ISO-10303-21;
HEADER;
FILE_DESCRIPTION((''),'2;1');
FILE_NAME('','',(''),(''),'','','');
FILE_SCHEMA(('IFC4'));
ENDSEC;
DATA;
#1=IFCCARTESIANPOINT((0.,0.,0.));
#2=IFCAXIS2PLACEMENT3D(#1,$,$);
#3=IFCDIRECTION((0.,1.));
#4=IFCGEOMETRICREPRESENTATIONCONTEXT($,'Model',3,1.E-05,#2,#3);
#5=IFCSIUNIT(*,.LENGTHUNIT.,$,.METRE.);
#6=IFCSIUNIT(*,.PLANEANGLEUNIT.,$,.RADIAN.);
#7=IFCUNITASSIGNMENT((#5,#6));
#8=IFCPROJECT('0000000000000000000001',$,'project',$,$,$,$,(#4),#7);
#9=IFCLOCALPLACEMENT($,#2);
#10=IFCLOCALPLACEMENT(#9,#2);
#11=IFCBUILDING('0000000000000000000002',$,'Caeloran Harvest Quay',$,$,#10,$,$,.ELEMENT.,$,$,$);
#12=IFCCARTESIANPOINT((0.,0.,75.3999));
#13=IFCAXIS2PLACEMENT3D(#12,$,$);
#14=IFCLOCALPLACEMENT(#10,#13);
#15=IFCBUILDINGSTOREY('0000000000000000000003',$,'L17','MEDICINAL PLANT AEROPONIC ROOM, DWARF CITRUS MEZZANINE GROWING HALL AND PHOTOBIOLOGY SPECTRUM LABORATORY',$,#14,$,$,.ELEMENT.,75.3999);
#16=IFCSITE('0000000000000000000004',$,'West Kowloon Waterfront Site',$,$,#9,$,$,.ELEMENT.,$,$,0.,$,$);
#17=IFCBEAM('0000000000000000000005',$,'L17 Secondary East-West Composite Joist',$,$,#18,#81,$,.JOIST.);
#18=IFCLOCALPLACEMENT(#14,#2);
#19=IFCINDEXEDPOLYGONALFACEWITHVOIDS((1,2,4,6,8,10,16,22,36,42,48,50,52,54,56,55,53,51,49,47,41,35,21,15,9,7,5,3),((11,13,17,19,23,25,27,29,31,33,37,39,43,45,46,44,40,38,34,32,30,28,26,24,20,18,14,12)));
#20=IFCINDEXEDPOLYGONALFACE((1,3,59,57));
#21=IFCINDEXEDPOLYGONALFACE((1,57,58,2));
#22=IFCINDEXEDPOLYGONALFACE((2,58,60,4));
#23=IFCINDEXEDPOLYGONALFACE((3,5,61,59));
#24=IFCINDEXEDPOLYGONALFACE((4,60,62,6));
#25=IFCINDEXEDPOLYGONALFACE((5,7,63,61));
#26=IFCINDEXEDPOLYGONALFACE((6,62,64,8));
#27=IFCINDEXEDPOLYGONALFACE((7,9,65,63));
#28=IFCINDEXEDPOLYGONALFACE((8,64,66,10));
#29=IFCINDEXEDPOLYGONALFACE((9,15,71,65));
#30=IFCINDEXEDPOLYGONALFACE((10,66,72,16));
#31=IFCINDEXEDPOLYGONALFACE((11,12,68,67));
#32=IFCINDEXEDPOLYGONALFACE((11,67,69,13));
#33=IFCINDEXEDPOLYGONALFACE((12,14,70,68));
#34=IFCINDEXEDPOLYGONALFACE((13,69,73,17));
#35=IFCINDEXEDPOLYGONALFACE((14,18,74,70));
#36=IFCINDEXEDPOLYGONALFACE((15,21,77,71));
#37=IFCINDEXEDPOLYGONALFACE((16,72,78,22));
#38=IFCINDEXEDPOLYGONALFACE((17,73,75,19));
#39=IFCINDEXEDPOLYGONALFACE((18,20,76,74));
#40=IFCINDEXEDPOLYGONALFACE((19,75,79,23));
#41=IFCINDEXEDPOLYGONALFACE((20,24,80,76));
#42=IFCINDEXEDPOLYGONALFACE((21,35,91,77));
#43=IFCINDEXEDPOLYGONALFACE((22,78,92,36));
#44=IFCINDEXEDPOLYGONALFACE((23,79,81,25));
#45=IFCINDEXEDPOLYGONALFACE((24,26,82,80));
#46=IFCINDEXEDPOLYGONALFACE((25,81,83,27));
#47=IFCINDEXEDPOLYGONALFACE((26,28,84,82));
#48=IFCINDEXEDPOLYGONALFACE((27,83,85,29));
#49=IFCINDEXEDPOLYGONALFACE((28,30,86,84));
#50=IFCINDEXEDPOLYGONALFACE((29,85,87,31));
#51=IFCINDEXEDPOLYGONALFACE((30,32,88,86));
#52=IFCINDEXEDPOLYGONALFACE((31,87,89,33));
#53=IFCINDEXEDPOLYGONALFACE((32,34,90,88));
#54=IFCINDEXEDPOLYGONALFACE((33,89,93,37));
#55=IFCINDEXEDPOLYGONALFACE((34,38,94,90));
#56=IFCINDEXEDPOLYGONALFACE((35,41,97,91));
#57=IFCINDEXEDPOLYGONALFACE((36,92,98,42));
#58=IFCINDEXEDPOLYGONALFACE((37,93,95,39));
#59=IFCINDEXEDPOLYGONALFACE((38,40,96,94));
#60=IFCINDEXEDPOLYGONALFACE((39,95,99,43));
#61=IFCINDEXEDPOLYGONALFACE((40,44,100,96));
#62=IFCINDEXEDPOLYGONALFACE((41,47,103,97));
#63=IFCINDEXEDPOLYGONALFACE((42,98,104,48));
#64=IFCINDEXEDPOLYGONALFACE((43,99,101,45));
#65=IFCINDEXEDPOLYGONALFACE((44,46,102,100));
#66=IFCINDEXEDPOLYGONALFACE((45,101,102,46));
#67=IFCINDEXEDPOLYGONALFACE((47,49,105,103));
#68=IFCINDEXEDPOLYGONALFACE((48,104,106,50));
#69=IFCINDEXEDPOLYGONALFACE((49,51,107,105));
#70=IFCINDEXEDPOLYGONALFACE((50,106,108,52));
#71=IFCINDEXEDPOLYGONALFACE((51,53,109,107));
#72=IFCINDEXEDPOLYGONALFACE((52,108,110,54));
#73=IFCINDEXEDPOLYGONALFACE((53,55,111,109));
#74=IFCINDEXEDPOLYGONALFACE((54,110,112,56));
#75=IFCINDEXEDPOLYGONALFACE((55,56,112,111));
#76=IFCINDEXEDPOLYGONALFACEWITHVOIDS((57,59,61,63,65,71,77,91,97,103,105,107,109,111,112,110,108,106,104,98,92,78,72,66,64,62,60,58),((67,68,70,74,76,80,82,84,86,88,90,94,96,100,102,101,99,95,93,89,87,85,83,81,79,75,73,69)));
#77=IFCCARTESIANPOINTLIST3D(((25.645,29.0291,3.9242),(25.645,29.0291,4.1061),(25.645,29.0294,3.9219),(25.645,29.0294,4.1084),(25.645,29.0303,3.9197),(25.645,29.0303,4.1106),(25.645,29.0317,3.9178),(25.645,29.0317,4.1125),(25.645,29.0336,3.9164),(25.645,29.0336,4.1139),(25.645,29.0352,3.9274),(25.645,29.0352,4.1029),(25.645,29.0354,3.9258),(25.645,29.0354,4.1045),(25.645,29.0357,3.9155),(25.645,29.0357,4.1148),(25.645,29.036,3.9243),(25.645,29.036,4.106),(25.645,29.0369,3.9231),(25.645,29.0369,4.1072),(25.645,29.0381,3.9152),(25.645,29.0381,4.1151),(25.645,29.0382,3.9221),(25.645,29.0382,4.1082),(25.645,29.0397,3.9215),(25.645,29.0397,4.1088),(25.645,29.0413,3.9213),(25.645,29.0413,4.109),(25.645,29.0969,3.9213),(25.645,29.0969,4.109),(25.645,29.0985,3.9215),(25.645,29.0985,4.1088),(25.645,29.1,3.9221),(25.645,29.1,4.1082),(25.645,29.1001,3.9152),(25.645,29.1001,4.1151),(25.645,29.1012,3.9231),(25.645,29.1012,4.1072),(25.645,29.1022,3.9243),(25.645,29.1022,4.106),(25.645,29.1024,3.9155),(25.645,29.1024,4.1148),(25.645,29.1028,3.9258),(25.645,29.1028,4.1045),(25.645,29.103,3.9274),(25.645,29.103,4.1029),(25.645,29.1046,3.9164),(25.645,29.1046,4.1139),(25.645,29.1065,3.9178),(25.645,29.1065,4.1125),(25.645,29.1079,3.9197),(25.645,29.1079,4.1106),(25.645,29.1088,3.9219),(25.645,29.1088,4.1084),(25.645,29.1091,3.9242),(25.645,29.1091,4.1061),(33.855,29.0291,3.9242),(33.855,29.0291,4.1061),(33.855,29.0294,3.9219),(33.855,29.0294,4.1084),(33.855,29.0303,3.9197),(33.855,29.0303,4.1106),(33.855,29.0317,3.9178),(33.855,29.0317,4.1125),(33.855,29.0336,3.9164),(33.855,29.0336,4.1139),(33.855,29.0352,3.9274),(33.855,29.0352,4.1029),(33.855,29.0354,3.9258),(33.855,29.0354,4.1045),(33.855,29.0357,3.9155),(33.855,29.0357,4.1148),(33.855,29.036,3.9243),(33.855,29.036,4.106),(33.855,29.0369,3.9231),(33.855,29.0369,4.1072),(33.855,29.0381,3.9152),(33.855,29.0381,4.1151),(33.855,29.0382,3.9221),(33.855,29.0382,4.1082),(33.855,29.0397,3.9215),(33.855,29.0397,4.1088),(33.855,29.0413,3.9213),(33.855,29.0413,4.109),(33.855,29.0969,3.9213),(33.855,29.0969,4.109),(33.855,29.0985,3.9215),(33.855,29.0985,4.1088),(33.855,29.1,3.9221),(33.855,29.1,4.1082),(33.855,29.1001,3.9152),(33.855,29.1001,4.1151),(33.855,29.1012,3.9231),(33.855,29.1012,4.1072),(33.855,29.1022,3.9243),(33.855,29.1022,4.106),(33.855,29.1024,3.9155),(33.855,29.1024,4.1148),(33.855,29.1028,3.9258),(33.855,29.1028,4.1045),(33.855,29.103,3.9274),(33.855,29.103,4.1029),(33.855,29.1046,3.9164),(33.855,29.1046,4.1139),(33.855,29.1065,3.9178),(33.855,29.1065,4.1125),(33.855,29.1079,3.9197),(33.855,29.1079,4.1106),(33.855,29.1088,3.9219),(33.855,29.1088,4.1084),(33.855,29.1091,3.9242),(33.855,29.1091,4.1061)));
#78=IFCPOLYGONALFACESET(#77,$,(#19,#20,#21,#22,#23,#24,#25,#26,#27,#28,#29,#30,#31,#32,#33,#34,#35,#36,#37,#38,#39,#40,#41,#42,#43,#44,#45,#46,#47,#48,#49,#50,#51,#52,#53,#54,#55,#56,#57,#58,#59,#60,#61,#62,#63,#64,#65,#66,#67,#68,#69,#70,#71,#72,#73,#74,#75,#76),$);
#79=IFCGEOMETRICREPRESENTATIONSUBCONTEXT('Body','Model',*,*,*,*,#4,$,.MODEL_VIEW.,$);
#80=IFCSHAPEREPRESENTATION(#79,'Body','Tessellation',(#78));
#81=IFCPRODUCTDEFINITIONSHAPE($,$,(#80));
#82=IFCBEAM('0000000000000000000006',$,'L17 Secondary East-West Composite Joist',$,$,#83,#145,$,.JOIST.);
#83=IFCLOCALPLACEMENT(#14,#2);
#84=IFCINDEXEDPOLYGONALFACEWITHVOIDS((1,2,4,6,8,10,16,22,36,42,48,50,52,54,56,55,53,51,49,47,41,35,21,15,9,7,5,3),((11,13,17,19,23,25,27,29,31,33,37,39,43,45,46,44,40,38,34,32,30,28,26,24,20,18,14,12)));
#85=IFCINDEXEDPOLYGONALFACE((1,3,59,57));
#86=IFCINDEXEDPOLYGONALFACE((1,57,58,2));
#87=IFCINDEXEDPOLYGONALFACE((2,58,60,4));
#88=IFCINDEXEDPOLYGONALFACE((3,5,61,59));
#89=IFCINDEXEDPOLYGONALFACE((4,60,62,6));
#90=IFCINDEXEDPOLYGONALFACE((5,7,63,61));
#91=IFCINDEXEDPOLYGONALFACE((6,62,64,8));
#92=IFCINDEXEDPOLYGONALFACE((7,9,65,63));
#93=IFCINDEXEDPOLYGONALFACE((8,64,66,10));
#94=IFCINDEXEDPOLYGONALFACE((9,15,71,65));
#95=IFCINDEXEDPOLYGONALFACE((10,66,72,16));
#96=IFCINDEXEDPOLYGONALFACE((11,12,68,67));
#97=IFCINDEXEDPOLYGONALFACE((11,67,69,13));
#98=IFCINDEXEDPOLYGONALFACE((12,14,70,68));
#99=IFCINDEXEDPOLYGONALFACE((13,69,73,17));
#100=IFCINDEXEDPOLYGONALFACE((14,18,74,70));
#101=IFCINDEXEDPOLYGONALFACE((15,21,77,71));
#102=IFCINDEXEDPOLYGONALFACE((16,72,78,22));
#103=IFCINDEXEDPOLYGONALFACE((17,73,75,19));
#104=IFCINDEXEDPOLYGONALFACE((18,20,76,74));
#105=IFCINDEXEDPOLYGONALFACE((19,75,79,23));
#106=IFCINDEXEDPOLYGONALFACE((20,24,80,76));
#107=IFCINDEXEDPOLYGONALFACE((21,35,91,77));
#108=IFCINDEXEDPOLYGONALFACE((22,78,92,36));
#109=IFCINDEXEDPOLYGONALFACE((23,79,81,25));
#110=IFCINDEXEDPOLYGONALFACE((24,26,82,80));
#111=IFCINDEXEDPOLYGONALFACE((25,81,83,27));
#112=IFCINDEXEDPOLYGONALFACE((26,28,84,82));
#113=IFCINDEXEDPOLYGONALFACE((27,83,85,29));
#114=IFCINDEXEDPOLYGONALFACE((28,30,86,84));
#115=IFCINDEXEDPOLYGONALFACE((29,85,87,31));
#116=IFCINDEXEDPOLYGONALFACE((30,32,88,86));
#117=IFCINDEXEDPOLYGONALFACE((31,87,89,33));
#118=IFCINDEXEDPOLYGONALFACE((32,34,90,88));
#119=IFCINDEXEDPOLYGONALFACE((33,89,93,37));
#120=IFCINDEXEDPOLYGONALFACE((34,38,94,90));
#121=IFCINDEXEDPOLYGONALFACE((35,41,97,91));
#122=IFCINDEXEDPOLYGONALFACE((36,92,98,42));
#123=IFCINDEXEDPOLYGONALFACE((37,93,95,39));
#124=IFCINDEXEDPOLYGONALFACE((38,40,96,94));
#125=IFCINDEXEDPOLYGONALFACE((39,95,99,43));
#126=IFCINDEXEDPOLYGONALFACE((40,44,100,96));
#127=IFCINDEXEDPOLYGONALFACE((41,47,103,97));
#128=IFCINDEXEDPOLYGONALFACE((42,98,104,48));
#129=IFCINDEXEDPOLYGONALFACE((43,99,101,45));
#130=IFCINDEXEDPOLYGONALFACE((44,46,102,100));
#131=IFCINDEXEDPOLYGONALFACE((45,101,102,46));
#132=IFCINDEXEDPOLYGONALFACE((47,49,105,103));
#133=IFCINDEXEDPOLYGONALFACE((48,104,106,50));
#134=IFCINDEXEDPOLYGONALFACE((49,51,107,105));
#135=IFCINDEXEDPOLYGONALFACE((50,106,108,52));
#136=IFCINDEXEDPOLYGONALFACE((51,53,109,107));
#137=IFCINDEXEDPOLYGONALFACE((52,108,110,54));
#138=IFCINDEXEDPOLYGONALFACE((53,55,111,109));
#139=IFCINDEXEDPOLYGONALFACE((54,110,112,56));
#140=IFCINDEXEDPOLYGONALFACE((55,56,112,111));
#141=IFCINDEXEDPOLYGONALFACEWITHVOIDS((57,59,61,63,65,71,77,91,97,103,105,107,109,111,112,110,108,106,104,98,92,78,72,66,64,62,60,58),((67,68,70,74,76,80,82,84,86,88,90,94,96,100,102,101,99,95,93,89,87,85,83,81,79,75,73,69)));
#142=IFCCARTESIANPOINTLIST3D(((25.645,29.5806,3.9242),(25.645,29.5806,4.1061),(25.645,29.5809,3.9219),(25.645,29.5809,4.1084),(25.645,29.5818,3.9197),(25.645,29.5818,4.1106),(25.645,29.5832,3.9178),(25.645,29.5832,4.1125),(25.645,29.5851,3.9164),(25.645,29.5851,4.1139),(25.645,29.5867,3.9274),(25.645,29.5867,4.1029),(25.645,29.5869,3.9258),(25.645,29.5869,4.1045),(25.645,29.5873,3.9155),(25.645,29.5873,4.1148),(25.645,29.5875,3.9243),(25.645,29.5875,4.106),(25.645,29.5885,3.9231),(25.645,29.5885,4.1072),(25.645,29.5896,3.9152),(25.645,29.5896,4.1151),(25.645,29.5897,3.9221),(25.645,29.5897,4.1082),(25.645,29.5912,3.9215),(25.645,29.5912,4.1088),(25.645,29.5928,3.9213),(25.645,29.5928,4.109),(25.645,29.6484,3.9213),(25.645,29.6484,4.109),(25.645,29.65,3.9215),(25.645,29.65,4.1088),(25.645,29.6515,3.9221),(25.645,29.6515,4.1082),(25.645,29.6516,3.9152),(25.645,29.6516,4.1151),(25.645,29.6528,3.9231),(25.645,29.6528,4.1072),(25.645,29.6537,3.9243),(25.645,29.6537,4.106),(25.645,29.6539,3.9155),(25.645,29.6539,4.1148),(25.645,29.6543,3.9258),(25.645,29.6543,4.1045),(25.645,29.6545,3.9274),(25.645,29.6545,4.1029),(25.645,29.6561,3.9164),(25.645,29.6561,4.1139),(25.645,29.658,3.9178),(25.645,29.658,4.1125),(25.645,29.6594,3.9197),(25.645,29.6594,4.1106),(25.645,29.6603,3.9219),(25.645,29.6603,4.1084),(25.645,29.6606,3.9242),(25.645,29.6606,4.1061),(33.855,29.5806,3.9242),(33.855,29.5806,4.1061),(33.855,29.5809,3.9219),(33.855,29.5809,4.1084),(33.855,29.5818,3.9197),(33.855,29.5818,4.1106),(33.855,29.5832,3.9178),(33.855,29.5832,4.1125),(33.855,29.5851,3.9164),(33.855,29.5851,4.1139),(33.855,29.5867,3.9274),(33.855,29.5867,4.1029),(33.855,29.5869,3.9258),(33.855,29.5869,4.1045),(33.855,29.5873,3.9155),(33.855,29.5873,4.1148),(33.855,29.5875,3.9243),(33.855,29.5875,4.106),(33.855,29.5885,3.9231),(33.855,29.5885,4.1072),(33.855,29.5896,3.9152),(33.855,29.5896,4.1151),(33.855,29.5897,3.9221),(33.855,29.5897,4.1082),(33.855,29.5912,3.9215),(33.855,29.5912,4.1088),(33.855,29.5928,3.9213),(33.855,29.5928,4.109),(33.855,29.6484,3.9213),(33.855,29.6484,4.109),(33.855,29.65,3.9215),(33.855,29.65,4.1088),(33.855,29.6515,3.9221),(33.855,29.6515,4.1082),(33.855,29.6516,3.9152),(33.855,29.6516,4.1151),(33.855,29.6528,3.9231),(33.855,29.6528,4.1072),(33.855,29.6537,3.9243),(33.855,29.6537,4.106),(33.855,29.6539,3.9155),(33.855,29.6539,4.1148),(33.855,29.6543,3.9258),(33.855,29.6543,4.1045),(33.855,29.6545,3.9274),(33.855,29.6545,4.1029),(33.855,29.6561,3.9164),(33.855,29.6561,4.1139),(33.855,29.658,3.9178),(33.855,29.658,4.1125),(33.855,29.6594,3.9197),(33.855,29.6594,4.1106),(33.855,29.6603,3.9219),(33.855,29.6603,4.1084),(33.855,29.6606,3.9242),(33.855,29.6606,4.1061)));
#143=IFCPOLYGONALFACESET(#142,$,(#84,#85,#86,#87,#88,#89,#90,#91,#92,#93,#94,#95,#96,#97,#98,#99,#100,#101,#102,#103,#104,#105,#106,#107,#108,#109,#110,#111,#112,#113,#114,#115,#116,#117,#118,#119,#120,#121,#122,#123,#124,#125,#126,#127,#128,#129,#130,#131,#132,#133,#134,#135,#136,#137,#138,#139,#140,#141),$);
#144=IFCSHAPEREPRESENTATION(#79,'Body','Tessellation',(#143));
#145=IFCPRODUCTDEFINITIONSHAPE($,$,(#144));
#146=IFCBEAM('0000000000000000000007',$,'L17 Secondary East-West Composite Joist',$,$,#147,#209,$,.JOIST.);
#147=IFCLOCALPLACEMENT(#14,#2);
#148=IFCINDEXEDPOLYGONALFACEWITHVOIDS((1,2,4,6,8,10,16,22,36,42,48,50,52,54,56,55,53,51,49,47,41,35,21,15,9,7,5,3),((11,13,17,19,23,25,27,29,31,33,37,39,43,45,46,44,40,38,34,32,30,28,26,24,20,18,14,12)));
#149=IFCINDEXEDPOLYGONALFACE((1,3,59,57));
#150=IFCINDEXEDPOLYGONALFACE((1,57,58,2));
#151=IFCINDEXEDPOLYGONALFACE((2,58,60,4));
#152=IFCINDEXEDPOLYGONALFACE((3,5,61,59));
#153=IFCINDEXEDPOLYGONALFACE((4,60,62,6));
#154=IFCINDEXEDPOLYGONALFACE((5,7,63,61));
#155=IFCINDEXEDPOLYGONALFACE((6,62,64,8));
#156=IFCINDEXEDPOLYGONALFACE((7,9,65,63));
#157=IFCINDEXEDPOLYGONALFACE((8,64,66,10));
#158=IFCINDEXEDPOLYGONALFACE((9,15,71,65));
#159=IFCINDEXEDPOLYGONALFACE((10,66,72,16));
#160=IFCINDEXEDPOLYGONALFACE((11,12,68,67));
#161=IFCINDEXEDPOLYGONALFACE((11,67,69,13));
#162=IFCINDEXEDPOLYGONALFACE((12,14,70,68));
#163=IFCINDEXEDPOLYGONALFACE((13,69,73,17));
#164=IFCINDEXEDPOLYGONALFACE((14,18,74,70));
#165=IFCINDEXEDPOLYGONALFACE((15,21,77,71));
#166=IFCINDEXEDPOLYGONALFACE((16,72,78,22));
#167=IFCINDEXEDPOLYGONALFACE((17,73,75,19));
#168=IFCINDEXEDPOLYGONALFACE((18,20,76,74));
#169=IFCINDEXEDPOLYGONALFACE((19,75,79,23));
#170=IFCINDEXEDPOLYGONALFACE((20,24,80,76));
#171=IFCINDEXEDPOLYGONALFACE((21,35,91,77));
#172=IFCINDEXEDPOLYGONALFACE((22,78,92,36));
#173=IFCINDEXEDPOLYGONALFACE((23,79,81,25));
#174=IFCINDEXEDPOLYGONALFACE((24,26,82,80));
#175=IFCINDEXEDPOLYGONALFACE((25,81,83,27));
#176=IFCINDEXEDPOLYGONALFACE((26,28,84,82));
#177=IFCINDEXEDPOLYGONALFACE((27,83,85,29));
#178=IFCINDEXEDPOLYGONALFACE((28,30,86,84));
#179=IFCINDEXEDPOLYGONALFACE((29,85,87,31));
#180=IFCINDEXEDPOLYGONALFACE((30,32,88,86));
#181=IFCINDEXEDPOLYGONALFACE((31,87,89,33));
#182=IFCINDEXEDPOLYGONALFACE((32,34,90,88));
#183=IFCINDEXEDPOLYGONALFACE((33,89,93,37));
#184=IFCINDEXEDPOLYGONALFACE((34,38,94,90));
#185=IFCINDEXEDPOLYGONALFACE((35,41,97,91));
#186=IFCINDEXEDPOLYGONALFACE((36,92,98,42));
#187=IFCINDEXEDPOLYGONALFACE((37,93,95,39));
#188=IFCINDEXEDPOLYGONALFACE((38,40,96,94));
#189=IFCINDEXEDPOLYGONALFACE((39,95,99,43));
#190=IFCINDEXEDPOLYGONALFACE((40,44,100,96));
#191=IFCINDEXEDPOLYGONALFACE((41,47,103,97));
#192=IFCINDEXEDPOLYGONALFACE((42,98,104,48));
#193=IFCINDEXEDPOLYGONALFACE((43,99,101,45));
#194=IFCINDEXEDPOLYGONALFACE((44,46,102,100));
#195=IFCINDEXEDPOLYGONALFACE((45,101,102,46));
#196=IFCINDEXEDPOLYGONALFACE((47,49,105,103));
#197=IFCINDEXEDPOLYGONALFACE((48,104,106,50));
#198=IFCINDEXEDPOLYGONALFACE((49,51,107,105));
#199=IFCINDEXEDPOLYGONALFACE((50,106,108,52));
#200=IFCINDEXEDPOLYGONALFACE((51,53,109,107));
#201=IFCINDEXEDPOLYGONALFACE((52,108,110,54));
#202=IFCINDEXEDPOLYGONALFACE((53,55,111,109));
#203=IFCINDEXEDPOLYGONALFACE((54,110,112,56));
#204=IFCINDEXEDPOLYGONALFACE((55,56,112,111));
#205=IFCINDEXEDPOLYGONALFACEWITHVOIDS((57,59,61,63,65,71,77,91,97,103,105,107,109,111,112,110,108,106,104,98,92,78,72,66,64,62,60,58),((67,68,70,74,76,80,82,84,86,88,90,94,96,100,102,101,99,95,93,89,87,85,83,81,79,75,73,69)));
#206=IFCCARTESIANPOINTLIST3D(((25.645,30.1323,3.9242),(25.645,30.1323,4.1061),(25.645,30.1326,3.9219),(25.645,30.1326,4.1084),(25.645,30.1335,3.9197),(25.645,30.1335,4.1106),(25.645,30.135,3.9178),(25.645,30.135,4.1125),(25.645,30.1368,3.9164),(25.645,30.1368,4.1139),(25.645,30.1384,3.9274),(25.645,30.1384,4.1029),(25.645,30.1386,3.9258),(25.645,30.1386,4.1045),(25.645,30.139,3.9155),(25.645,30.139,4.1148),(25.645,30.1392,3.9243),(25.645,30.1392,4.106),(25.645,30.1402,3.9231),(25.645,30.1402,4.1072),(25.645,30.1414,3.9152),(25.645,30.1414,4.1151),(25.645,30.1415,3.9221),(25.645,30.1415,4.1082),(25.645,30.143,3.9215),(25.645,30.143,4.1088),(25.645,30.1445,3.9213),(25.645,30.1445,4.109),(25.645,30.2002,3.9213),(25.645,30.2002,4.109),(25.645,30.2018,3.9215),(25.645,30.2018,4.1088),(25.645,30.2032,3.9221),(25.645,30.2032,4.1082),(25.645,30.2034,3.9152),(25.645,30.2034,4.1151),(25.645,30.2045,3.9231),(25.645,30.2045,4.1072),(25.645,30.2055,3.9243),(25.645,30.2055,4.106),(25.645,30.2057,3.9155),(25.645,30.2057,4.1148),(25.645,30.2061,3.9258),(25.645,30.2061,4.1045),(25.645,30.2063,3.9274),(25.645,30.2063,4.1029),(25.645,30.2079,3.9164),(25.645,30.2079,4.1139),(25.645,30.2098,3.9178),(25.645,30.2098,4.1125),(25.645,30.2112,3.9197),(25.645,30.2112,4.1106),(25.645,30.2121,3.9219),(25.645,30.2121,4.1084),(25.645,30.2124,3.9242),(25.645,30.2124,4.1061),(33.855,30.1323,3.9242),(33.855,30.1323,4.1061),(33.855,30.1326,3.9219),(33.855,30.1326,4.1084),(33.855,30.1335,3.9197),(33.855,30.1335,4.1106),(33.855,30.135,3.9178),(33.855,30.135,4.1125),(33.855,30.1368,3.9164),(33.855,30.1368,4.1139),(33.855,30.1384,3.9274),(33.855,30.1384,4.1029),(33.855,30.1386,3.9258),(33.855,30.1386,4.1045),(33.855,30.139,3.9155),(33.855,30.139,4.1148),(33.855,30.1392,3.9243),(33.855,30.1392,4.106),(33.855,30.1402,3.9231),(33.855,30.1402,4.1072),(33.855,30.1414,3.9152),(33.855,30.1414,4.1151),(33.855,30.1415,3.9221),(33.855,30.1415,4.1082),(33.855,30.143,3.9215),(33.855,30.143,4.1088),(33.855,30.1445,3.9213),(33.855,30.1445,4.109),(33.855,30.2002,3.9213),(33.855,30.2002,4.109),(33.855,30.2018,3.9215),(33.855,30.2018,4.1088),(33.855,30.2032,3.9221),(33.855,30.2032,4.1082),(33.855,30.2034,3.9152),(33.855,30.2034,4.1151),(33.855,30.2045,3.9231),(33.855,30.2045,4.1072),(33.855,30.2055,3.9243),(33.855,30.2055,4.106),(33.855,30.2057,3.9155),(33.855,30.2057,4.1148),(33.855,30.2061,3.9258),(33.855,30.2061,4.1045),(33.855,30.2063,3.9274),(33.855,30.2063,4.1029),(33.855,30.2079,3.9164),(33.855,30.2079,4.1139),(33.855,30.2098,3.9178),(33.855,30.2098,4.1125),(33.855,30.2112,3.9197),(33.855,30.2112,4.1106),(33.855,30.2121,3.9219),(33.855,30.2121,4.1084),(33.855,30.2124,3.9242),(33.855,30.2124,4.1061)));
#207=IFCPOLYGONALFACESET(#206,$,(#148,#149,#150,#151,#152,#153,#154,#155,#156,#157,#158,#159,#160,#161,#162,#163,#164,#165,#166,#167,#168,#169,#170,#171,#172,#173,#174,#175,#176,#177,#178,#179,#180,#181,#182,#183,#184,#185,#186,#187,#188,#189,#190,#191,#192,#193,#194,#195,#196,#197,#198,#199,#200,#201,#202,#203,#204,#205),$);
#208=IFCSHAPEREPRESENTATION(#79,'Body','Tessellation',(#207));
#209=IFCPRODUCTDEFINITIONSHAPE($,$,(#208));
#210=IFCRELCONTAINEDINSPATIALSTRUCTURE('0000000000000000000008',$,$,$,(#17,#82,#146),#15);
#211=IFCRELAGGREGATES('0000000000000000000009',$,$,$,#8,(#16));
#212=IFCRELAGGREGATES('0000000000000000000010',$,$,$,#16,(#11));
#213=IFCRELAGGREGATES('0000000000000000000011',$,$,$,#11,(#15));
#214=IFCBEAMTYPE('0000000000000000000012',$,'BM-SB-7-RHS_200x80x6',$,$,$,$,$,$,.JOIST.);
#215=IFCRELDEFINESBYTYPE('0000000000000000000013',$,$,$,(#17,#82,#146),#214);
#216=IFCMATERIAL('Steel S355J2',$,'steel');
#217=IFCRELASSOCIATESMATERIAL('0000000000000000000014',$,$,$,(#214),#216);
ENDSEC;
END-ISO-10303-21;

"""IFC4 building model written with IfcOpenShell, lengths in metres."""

from ifc_helpers import new_model, si_unit, direction, frame, origin, origin_2d, place, context, subcontext, project, spatial, hollow_rectangle, extrude, material, material_profile, profile_set, type_object, element, save


model = new_model("IFC4")

# Units and contexts
model_context = context("Model", 3, precision=1e-05, world=origin(), true_north=direction((0.0, 1.0)))
body_context = subcontext(model_context, "Body", "Model", "MODEL_VIEW")
ifc_project = project(units=[si_unit("LENGTHUNIT", "METRE"), si_unit("PLANEANGLEUNIT", "RADIAN")], contexts=[model_context])

# Site, building, storey
site_placement = place(None, origin())
site = spatial("IfcSite", under=ifc_project, at=site_placement, Name="West Kowloon Waterfront Site", CompositionType="ELEMENT", RefElevation=0.0)
building_placement = place(site_placement, origin())
building = spatial("IfcBuilding", under=site, at=building_placement, Name="Caeloran Harvest Quay", CompositionType="ELEMENT")
storey_placement = place(building_placement, frame((0.0, 0.0, 75.3999)))
storey = spatial("IfcBuildingStorey", under=building, at=storey_placement, Name="L17", Description="MEDICINAL PLANT AEROPONIC ROOM, DWARF CITRUS MEZZANINE GROWING HALL AND PHOTOBIOLOGY SPECTRUM LABORATORY", CompositionType="ELEMENT", Elevation=75.3999)

# Beams
ifc_material_1 = material(Name="Steel S355J2", Category="steel")
ifc_material_profile_1 = material_profile(ifc_material_1, hollow_rectangle(XDim=0.0801, YDim=0.2, WallThickness=0.0061, InnerFilletRadius=0.0061, OuterFilletRadius=0.009, at=origin_2d()), Name="RHS 200x80x6")
ifc_profile_set_1 = profile_set([ifc_material_profile_1], Name="Steel S355J2")
beam_type_1 = type_object("IfcBeamType", Name="BM-SB-7-RHS_200x80x6", PredefinedType="JOIST", material=ifc_profile_set_1)
for number, where, z_axis, x_axis, name in (
    (1, (25.645, 29.0691, 4.0151), (1.0, 0.0, 0.0), (0.0, 1.0, 0.0), "L17 Secondary East-West Composite Joist"),
    (2, (25.645, 29.6206, 4.0151), (1.0, 0.0, 0.0), (0.0, 1.0, 0.0), "L17 Secondary East-West Composite Joist"),
    (3, (25.645, 30.1724, 4.0151), (1.0, 0.0, 0.0), (0.0, 1.0, 0.0), "L17 Secondary East-West Composite Joist"),
):
    element("IfcBeam", number, at=place(storey_placement, frame(where, z_axis=z_axis, x_axis=x_axis)), inside=storey, type_object=beam_type_1, Name=name, PredefinedType="JOIST", context=body_context, shape_type="SweptSolid", body=[
        extrude(hollow_rectangle(XDim=0.0801, YDim=0.2, WallThickness=0.0061, InnerFilletRadius=0.0061, OuterFilletRadius=0.009, at=origin_2d()), origin(), (0.0, 0.0, 1.0), 8.21),
    ])

save(model, "model.ifc")
